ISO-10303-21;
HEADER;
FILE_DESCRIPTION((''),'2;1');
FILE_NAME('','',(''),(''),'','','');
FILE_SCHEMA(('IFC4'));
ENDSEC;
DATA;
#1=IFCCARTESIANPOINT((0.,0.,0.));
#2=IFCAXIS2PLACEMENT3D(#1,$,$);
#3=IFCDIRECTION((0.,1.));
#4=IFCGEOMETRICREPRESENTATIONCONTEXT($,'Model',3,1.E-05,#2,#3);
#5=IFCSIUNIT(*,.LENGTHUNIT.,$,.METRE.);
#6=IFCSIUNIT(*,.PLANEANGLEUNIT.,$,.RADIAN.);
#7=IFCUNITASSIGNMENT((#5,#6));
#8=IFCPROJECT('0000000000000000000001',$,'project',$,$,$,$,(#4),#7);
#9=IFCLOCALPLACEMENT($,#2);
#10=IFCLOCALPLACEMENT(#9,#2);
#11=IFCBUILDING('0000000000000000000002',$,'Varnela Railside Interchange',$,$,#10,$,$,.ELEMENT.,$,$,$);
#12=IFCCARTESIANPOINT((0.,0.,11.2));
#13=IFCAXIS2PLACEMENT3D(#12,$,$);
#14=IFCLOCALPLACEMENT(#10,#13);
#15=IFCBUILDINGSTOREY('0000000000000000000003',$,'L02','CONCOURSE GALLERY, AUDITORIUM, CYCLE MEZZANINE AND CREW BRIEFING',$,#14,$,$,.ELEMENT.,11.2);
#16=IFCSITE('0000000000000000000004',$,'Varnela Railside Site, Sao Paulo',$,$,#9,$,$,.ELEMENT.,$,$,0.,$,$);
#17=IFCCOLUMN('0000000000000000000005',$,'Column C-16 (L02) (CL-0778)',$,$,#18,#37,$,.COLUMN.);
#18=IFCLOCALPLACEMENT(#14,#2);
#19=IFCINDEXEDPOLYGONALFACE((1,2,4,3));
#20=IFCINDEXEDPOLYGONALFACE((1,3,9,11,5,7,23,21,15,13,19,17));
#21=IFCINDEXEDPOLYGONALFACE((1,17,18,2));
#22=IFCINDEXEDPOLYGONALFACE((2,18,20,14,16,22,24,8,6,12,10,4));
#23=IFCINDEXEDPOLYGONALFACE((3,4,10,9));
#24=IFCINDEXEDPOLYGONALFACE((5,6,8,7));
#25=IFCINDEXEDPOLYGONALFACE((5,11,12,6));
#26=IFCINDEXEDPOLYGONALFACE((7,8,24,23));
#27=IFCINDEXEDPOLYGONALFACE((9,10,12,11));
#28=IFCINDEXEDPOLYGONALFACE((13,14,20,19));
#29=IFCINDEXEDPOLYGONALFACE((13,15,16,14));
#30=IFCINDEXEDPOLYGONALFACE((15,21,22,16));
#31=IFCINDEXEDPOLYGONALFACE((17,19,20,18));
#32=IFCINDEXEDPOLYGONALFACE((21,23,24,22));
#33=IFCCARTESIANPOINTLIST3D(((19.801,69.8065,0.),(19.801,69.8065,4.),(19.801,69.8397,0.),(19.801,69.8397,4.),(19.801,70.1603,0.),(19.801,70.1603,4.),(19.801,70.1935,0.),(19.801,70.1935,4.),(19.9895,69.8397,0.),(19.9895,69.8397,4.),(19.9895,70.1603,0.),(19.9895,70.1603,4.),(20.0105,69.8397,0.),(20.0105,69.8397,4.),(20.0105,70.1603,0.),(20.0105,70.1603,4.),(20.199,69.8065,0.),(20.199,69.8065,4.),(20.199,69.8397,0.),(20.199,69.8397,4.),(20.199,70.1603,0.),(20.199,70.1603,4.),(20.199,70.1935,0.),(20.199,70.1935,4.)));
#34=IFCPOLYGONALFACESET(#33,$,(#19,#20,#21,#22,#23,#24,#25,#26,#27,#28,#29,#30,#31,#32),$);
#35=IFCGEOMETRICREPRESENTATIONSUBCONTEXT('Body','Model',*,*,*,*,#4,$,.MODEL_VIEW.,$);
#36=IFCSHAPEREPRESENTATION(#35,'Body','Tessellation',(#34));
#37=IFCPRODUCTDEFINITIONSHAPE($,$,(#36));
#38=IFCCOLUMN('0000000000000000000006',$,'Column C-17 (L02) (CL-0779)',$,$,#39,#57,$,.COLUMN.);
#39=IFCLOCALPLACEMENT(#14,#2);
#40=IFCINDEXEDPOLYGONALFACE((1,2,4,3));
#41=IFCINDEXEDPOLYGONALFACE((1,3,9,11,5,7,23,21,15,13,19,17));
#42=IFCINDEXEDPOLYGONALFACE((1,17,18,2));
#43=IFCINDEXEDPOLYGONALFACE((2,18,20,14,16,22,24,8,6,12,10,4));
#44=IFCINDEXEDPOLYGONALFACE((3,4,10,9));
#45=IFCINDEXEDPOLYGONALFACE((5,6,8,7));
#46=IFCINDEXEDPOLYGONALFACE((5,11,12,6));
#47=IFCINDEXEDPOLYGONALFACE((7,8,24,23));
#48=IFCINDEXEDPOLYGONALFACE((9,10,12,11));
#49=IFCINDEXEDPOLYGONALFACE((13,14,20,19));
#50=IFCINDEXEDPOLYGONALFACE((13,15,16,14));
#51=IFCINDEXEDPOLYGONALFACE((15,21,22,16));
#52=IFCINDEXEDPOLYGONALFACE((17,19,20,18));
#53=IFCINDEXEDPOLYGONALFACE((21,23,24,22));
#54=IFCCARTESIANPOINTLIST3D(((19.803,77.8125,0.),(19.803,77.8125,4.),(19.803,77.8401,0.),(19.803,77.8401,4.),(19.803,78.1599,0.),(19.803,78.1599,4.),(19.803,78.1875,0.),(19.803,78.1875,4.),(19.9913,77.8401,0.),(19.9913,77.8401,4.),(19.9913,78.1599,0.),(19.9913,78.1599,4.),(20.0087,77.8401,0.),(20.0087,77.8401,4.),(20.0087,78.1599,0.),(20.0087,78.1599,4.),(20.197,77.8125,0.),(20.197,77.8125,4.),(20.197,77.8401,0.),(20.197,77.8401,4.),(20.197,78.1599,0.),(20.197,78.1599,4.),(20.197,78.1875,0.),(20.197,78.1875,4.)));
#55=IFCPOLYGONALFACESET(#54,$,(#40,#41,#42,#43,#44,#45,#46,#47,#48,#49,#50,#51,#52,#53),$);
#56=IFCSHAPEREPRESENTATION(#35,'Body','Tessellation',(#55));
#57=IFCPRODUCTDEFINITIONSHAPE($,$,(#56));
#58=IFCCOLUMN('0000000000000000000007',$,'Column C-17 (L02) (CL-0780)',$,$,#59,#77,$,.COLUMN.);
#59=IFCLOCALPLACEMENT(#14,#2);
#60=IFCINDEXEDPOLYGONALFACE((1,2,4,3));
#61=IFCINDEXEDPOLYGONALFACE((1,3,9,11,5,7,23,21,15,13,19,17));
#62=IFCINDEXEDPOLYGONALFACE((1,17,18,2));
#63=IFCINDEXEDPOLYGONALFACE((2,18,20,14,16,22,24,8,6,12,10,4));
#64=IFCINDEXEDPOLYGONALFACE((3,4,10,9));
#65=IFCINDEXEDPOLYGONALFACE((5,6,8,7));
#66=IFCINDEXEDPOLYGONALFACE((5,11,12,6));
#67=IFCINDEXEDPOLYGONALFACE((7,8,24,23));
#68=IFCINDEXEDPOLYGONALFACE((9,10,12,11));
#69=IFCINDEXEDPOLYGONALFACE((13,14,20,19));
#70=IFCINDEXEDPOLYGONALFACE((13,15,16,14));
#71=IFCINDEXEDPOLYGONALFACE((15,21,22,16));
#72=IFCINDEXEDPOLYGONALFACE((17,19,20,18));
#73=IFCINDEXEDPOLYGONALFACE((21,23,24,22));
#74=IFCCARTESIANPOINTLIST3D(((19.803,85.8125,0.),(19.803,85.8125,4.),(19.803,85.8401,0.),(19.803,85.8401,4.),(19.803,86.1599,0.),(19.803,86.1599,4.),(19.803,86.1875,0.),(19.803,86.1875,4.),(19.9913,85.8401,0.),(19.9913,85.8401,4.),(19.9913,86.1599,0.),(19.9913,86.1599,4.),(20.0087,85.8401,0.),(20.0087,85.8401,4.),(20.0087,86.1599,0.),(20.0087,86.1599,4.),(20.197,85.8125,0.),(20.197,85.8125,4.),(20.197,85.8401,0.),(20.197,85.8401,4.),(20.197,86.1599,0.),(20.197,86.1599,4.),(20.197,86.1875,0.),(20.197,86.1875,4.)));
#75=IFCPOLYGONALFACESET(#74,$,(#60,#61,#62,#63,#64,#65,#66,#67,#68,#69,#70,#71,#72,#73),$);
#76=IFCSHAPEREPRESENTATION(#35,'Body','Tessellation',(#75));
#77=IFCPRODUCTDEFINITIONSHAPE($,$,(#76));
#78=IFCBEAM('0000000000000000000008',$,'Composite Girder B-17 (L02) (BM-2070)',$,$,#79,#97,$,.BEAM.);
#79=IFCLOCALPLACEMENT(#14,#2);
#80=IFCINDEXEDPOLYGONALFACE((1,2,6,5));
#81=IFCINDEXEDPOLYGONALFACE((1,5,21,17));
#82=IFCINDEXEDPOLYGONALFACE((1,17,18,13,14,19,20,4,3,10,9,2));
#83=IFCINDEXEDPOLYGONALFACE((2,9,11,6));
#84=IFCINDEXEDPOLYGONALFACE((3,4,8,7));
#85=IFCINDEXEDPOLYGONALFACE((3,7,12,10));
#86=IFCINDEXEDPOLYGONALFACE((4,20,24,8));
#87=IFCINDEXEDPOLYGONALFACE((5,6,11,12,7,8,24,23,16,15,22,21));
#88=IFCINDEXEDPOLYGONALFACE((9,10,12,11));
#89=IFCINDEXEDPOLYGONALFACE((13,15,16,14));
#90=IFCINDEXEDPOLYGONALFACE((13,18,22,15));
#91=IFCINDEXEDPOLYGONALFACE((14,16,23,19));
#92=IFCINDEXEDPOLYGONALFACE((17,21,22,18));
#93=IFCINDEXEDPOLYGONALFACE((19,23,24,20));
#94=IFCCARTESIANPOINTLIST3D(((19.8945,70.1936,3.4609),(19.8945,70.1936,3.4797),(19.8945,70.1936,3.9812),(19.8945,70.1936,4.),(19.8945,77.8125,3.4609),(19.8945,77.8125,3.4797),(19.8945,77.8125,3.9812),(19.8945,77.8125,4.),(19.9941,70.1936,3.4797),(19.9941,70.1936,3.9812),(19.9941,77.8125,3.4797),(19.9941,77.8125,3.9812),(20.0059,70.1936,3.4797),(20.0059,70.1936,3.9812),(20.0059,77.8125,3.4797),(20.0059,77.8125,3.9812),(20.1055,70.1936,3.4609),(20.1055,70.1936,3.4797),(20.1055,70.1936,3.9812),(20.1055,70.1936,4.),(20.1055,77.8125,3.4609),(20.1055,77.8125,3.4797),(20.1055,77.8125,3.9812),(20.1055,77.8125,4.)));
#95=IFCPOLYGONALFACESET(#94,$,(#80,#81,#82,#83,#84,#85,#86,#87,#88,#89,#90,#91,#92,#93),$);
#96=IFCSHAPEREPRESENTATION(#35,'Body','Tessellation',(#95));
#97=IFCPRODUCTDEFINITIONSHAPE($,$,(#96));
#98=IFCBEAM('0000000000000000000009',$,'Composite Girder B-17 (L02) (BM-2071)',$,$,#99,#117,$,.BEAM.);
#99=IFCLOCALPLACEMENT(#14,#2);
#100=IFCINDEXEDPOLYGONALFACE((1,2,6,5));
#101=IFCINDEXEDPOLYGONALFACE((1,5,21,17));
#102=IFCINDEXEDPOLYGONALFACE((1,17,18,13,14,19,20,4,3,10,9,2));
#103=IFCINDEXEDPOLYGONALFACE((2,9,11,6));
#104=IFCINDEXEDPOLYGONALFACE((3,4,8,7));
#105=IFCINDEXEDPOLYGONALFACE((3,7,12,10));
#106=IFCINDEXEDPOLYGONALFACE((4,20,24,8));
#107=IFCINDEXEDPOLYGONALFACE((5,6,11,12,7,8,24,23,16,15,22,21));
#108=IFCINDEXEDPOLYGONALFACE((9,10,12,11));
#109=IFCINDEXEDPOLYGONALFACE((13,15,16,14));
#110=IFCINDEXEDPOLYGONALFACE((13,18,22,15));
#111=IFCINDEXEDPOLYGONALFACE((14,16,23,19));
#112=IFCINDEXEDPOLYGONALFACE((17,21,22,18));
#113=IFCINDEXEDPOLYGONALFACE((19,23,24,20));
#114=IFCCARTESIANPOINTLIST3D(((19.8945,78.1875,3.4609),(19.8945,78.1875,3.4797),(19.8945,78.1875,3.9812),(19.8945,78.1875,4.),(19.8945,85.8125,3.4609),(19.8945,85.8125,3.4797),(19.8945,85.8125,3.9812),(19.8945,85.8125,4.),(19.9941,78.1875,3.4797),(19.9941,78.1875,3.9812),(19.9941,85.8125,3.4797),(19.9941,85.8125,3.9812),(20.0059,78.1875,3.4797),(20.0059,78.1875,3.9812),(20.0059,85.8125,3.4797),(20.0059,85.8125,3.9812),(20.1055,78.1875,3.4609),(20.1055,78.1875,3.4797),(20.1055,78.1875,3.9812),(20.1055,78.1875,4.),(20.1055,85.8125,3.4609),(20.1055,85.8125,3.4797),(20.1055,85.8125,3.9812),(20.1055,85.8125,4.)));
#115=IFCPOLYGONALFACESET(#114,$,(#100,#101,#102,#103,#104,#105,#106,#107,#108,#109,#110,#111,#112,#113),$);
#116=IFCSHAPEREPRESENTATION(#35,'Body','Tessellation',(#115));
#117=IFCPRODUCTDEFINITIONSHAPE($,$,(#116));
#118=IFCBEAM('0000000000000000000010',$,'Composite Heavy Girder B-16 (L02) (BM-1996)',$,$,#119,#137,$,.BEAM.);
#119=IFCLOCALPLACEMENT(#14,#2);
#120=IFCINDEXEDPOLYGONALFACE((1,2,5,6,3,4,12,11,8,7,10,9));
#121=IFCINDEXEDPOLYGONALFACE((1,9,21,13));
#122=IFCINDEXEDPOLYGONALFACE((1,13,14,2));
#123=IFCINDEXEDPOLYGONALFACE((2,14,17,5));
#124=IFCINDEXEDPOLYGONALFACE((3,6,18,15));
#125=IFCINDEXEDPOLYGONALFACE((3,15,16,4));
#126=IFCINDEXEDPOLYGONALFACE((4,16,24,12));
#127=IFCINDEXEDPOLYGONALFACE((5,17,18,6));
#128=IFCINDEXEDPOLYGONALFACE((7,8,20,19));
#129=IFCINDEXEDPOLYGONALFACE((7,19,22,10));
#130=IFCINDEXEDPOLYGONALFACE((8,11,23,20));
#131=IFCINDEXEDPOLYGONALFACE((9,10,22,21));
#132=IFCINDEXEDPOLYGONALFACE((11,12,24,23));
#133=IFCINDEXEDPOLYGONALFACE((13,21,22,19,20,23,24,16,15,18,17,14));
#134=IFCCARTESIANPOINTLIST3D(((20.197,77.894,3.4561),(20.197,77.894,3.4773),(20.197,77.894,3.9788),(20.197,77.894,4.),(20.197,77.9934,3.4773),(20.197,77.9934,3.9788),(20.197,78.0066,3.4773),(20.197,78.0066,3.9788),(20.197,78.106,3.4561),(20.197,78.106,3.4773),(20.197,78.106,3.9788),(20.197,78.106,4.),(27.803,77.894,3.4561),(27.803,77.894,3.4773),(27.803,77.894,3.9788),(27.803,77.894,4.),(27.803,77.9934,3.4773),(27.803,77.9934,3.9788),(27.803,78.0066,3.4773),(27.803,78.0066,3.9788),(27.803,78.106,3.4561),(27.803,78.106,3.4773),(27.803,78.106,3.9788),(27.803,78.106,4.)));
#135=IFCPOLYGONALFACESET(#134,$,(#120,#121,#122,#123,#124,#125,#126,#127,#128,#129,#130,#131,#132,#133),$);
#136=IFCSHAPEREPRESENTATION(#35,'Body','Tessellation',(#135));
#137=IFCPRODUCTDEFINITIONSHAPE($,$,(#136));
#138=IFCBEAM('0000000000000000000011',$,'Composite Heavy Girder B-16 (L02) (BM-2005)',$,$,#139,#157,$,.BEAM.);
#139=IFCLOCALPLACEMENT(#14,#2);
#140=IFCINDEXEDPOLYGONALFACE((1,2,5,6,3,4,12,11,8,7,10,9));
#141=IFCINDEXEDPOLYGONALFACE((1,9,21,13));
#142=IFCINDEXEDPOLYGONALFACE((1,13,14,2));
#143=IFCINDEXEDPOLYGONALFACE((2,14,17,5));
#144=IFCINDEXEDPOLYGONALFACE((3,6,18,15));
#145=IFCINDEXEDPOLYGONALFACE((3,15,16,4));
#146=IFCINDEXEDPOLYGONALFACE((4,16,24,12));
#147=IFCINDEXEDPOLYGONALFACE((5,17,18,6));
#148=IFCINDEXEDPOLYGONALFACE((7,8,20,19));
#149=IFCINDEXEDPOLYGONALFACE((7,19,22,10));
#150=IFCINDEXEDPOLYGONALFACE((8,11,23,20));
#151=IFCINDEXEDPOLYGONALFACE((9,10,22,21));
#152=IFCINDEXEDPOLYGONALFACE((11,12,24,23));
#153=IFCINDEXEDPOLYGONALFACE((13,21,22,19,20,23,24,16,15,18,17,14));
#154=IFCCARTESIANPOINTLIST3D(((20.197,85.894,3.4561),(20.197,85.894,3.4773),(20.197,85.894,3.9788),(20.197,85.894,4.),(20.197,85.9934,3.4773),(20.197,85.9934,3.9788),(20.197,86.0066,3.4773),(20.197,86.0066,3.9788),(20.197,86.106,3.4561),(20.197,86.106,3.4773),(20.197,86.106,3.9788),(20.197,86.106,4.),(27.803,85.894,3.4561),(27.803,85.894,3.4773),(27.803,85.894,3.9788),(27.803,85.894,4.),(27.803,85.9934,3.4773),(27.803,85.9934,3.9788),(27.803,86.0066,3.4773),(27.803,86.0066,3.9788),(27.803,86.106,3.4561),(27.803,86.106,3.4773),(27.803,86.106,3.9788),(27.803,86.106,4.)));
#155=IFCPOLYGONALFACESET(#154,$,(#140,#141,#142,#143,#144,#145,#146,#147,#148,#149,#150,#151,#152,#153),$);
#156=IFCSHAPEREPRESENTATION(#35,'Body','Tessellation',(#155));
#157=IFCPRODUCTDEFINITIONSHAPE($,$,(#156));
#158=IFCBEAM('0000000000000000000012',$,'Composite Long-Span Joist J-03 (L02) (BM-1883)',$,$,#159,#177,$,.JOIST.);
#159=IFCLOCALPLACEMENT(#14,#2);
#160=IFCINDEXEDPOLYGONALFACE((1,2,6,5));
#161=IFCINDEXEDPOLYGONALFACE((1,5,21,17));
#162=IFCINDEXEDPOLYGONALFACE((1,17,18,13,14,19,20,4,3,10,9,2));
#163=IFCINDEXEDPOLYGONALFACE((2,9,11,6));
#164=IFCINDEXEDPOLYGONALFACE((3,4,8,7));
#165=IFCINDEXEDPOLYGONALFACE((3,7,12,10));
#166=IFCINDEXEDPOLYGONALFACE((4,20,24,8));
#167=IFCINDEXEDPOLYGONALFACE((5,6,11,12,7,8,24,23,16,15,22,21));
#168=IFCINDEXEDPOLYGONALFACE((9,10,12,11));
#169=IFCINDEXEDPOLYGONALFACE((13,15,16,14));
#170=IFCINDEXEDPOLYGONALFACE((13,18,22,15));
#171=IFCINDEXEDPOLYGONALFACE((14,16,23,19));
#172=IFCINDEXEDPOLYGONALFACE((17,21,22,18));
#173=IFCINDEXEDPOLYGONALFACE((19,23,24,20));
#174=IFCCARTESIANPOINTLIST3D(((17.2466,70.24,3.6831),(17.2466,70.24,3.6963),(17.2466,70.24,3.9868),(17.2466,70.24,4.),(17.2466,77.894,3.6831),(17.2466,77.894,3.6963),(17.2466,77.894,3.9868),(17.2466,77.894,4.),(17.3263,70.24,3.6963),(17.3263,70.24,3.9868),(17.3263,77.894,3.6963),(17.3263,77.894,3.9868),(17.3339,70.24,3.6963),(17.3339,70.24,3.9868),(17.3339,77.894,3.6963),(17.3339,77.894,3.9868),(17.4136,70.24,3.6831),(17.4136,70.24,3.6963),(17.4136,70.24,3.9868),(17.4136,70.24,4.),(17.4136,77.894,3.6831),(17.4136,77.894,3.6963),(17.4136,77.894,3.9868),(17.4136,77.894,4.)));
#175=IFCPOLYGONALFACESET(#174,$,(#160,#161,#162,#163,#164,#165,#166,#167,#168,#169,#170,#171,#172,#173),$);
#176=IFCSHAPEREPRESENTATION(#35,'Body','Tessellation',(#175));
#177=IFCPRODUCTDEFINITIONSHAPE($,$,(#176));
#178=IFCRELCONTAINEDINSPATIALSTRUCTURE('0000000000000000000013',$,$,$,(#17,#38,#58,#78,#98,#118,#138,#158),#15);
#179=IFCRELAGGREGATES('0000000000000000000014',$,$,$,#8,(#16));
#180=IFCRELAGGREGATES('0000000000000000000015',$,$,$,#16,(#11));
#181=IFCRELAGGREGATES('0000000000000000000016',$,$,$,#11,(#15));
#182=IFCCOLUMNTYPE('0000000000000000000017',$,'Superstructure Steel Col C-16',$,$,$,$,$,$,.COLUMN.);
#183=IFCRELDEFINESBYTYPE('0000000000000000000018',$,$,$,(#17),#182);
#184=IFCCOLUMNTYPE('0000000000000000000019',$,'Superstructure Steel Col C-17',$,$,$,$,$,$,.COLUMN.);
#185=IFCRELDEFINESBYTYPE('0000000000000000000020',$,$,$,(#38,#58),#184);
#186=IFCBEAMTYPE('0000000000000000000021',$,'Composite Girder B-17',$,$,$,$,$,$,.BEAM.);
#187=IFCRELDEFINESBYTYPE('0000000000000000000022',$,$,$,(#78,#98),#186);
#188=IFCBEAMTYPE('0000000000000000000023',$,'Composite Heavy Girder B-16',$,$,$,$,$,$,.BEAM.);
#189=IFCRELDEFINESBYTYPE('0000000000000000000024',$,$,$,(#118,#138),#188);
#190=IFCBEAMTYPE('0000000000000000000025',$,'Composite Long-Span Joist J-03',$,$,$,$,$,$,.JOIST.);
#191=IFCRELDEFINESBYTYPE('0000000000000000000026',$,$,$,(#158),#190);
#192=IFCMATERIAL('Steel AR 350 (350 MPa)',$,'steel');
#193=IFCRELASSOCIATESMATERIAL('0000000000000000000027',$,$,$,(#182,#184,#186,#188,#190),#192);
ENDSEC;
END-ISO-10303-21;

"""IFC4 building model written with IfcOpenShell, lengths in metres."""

from ifc_helpers import new_model, si_unit, direction, frame, origin, origin_2d, place, context, subcontext, project, spatial, i_section, extrude, material, material_profile, profile_set, type_object, element, save


model = new_model("IFC4")

# Units and contexts
model_context = context("Model", 3, precision=1e-05, world=origin(), true_north=direction((0.0, 1.0)))
body_context = subcontext(model_context, "Body", "Model", "MODEL_VIEW")
ifc_project = project(units=[si_unit("LENGTHUNIT", "METRE"), si_unit("PLANEANGLEUNIT", "RADIAN")], contexts=[model_context])

# Site, building, storey
site_placement = place(None, origin())
site = spatial("IfcSite", under=ifc_project, at=site_placement, Name="Varnela Railside Site, Sao Paulo", CompositionType="ELEMENT", RefElevation=0.0)
building_placement = place(site_placement, origin())
building = spatial("IfcBuilding", under=site, at=building_placement, Name="Varnela Railside Interchange", CompositionType="ELEMENT")
storey_placement = place(building_placement, frame((0.0, 0.0, 11.2)))
storey = spatial("IfcBuildingStorey", under=building, at=storey_placement, Name="L02", Description="CONCOURSE GALLERY, AUDITORIUM, CYCLE MEZZANINE AND CREW BRIEFING", CompositionType="ELEMENT", Elevation=11.2)

# Columns
ifc_material_1 = material(Name="Steel AR 350 (350 MPa)", Category="steel")
ifc_material_profile_1 = material_profile(ifc_material_1, i_section(OverallWidth=0.3979, OverallDepth=0.387, WebThickness=0.021, FlangeThickness=0.0332, at=origin_2d()), Name="W360x262")
ifc_profile_set_1 = profile_set([ifc_material_profile_1], Name="Steel AR 350 (350 MPa)")
column_type_1 = type_object("IfcColumnType", Name="Superstructure Steel Col C-16", PredefinedType="COLUMN", material=ifc_profile_set_1)
column_placement = place(storey_placement, frame((20.0, 70.0, 0.0), z_axis=(0.0, 0.0, 1.0), x_axis=(1.0, 0.0, 0.0)))
element("IfcColumn", 1, at=column_placement, inside=storey, type_object=column_type_1, Name="Column C-16 (L02) (CL-0778)", PredefinedType="COLUMN", context=body_context, shape_type="SweptSolid", body=[
    extrude(i_section(OverallWidth=0.3979, OverallDepth=0.387, WebThickness=0.021, FlangeThickness=0.0332, at=origin_2d()), origin(), (0.0, 0.0, 1.0), 4.0),
])
ifc_material_profile_2 = material_profile(ifc_material_1, i_section(OverallWidth=0.394, OverallDepth=0.375, WebThickness=0.0173, FlangeThickness=0.0276, at=origin_2d()), Name="W360x216")
ifc_profile_set_2 = profile_set([ifc_material_profile_2], Name="Steel AR 350 (350 MPa)")
column_type_2 = type_object("IfcColumnType", Name="Superstructure Steel Col C-17", PredefinedType="COLUMN", material=ifc_profile_set_2)
for number, where, z_axis, x_axis, name in (
    (2, (20.0, 78.0, 0.0), (0.0, 0.0, 1.0), (1.0, 0.0, 0.0), "Column C-17 (L02) (CL-0779)"),
    (3, (20.0, 86.0, 0.0), (0.0, 0.0, 1.0), (1.0, 0.0, 0.0), "Column C-17 (L02) (CL-0780)"),
):
    element("IfcColumn", number, at=place(storey_placement, frame(where, z_axis=z_axis, x_axis=x_axis)), inside=storey, type_object=column_type_2, Name=name, PredefinedType="COLUMN", context=body_context, shape_type="SweptSolid", body=[
        extrude(i_section(OverallWidth=0.394, OverallDepth=0.375, WebThickness=0.0173, FlangeThickness=0.0276, at=origin_2d()), origin(), (0.0, 0.0, 1.0), 4.0),
    ])

# Beams
ifc_material_profile_3 = material_profile(ifc_material_1, i_section(OverallWidth=0.2109, OverallDepth=0.5391, WebThickness=0.0117, FlangeThickness=0.0188, at=origin_2d()), Name="W530x109")
ifc_profile_set_3 = profile_set([ifc_material_profile_3], Name="Steel AR 350 (350 MPa)")
beam_type_1 = type_object("IfcBeamType", Name="Composite Girder B-17", PredefinedType="BEAM", material=ifc_profile_set_3)
beam_1_placement = place(storey_placement, frame((20.0, 70.1936, 3.7305), z_axis=(0.0, 1.0, 0.0), x_axis=(-1.0, 0.0, 0.0)))
element("IfcBeam", 4, at=beam_1_placement, inside=storey, type_object=beam_type_1, Name="Composite Girder B-17 (L02) (BM-2070)", PredefinedType="BEAM", context=body_context, shape_type="SweptSolid", body=[
    extrude(i_section(OverallWidth=0.2109, OverallDepth=0.5391, WebThickness=0.0117, FlangeThickness=0.0188, at=origin_2d()), origin(), (0.0, 0.0, 1.0), 7.6189),
])
beam_2_placement = place(storey_placement, frame((20.0, 78.1875, 3.7305), z_axis=(0.0, 1.0, 0.0), x_axis=(-1.0, 0.0, 0.0)))
element("IfcBeam", 5, at=beam_2_placement, inside=storey, type_object=beam_type_1, Name="Composite Girder B-17 (L02) (BM-2071)", PredefinedType="BEAM", context=body_context, shape_type="SweptSolid", body=[
    extrude(i_section(OverallWidth=0.2109, OverallDepth=0.5391, WebThickness=0.0117, FlangeThickness=0.0188, at=origin_2d()), origin(), (0.0, 0.0, 1.0), 7.625),
])
ifc_material_profile_4 = material_profile(ifc_material_1, i_section(OverallWidth=0.2119, OverallDepth=0.5439, WebThickness=0.0132, FlangeThickness=0.0212, at=origin_2d()), Name="W530x123")
ifc_profile_set_4 = profile_set([ifc_material_profile_4], Name="Steel AR 350 (350 MPa)")
beam_type_2 = type_object("IfcBeamType", Name="Composite Heavy Girder B-16", PredefinedType="BEAM", material=ifc_profile_set_4)
for number, where, z_axis, x_axis, name in (
    (6, (20.197, 78.0, 3.728), (1.0, 0.0, 0.0), (0.0, 1.0, 0.0), "Composite Heavy Girder B-16 (L02) (BM-1996)"),
    (7, (20.197, 86.0, 3.728), (1.0, 0.0, 0.0), (0.0, 1.0, 0.0), "Composite Heavy Girder B-16 (L02) (BM-2005)"),
):
    element("IfcBeam", number, at=place(storey_placement, frame(where, z_axis=z_axis, x_axis=x_axis)), inside=storey, type_object=beam_type_2, Name=name, PredefinedType="BEAM", context=body_context, shape_type="SweptSolid", body=[
        extrude(i_section(OverallWidth=0.2119, OverallDepth=0.5439, WebThickness=0.0132, FlangeThickness=0.0212, at=origin_2d()), origin(), (0.0, 0.0, 1.0), 7.606),
    ])
ifc_material_profile_5 = material_profile(ifc_material_1, i_section(OverallWidth=0.167, OverallDepth=0.3169, WebThickness=0.0076, FlangeThickness=0.0132, at=origin_2d()), Name="W310x52")
ifc_profile_set_5 = profile_set([ifc_material_profile_5], Name="Steel AR 350 (350 MPa)")
beam_type_3 = type_object("IfcBeamType", Name="Composite Long-Span Joist J-03", PredefinedType="JOIST", material=ifc_profile_set_5)
beam_3_placement = place(storey_placement, frame((17.3301, 70.24, 3.8416), z_axis=(0.0, 1.0, 0.0), x_axis=(-1.0, 0.0, 0.0)))
element("IfcBeam", 8, at=beam_3_placement, inside=storey, type_object=beam_type_3, Name="Composite Long-Span Joist J-03 (L02) (BM-1883)", PredefinedType="JOIST", context=body_context, shape_type="SweptSolid", body=[
    extrude(i_section(OverallWidth=0.167, OverallDepth=0.3169, WebThickness=0.0076, FlangeThickness=0.0132, at=origin_2d()), origin(), (0.0, 0.0, 1.0), 7.6541),
])

save(model, "model.ifc")
